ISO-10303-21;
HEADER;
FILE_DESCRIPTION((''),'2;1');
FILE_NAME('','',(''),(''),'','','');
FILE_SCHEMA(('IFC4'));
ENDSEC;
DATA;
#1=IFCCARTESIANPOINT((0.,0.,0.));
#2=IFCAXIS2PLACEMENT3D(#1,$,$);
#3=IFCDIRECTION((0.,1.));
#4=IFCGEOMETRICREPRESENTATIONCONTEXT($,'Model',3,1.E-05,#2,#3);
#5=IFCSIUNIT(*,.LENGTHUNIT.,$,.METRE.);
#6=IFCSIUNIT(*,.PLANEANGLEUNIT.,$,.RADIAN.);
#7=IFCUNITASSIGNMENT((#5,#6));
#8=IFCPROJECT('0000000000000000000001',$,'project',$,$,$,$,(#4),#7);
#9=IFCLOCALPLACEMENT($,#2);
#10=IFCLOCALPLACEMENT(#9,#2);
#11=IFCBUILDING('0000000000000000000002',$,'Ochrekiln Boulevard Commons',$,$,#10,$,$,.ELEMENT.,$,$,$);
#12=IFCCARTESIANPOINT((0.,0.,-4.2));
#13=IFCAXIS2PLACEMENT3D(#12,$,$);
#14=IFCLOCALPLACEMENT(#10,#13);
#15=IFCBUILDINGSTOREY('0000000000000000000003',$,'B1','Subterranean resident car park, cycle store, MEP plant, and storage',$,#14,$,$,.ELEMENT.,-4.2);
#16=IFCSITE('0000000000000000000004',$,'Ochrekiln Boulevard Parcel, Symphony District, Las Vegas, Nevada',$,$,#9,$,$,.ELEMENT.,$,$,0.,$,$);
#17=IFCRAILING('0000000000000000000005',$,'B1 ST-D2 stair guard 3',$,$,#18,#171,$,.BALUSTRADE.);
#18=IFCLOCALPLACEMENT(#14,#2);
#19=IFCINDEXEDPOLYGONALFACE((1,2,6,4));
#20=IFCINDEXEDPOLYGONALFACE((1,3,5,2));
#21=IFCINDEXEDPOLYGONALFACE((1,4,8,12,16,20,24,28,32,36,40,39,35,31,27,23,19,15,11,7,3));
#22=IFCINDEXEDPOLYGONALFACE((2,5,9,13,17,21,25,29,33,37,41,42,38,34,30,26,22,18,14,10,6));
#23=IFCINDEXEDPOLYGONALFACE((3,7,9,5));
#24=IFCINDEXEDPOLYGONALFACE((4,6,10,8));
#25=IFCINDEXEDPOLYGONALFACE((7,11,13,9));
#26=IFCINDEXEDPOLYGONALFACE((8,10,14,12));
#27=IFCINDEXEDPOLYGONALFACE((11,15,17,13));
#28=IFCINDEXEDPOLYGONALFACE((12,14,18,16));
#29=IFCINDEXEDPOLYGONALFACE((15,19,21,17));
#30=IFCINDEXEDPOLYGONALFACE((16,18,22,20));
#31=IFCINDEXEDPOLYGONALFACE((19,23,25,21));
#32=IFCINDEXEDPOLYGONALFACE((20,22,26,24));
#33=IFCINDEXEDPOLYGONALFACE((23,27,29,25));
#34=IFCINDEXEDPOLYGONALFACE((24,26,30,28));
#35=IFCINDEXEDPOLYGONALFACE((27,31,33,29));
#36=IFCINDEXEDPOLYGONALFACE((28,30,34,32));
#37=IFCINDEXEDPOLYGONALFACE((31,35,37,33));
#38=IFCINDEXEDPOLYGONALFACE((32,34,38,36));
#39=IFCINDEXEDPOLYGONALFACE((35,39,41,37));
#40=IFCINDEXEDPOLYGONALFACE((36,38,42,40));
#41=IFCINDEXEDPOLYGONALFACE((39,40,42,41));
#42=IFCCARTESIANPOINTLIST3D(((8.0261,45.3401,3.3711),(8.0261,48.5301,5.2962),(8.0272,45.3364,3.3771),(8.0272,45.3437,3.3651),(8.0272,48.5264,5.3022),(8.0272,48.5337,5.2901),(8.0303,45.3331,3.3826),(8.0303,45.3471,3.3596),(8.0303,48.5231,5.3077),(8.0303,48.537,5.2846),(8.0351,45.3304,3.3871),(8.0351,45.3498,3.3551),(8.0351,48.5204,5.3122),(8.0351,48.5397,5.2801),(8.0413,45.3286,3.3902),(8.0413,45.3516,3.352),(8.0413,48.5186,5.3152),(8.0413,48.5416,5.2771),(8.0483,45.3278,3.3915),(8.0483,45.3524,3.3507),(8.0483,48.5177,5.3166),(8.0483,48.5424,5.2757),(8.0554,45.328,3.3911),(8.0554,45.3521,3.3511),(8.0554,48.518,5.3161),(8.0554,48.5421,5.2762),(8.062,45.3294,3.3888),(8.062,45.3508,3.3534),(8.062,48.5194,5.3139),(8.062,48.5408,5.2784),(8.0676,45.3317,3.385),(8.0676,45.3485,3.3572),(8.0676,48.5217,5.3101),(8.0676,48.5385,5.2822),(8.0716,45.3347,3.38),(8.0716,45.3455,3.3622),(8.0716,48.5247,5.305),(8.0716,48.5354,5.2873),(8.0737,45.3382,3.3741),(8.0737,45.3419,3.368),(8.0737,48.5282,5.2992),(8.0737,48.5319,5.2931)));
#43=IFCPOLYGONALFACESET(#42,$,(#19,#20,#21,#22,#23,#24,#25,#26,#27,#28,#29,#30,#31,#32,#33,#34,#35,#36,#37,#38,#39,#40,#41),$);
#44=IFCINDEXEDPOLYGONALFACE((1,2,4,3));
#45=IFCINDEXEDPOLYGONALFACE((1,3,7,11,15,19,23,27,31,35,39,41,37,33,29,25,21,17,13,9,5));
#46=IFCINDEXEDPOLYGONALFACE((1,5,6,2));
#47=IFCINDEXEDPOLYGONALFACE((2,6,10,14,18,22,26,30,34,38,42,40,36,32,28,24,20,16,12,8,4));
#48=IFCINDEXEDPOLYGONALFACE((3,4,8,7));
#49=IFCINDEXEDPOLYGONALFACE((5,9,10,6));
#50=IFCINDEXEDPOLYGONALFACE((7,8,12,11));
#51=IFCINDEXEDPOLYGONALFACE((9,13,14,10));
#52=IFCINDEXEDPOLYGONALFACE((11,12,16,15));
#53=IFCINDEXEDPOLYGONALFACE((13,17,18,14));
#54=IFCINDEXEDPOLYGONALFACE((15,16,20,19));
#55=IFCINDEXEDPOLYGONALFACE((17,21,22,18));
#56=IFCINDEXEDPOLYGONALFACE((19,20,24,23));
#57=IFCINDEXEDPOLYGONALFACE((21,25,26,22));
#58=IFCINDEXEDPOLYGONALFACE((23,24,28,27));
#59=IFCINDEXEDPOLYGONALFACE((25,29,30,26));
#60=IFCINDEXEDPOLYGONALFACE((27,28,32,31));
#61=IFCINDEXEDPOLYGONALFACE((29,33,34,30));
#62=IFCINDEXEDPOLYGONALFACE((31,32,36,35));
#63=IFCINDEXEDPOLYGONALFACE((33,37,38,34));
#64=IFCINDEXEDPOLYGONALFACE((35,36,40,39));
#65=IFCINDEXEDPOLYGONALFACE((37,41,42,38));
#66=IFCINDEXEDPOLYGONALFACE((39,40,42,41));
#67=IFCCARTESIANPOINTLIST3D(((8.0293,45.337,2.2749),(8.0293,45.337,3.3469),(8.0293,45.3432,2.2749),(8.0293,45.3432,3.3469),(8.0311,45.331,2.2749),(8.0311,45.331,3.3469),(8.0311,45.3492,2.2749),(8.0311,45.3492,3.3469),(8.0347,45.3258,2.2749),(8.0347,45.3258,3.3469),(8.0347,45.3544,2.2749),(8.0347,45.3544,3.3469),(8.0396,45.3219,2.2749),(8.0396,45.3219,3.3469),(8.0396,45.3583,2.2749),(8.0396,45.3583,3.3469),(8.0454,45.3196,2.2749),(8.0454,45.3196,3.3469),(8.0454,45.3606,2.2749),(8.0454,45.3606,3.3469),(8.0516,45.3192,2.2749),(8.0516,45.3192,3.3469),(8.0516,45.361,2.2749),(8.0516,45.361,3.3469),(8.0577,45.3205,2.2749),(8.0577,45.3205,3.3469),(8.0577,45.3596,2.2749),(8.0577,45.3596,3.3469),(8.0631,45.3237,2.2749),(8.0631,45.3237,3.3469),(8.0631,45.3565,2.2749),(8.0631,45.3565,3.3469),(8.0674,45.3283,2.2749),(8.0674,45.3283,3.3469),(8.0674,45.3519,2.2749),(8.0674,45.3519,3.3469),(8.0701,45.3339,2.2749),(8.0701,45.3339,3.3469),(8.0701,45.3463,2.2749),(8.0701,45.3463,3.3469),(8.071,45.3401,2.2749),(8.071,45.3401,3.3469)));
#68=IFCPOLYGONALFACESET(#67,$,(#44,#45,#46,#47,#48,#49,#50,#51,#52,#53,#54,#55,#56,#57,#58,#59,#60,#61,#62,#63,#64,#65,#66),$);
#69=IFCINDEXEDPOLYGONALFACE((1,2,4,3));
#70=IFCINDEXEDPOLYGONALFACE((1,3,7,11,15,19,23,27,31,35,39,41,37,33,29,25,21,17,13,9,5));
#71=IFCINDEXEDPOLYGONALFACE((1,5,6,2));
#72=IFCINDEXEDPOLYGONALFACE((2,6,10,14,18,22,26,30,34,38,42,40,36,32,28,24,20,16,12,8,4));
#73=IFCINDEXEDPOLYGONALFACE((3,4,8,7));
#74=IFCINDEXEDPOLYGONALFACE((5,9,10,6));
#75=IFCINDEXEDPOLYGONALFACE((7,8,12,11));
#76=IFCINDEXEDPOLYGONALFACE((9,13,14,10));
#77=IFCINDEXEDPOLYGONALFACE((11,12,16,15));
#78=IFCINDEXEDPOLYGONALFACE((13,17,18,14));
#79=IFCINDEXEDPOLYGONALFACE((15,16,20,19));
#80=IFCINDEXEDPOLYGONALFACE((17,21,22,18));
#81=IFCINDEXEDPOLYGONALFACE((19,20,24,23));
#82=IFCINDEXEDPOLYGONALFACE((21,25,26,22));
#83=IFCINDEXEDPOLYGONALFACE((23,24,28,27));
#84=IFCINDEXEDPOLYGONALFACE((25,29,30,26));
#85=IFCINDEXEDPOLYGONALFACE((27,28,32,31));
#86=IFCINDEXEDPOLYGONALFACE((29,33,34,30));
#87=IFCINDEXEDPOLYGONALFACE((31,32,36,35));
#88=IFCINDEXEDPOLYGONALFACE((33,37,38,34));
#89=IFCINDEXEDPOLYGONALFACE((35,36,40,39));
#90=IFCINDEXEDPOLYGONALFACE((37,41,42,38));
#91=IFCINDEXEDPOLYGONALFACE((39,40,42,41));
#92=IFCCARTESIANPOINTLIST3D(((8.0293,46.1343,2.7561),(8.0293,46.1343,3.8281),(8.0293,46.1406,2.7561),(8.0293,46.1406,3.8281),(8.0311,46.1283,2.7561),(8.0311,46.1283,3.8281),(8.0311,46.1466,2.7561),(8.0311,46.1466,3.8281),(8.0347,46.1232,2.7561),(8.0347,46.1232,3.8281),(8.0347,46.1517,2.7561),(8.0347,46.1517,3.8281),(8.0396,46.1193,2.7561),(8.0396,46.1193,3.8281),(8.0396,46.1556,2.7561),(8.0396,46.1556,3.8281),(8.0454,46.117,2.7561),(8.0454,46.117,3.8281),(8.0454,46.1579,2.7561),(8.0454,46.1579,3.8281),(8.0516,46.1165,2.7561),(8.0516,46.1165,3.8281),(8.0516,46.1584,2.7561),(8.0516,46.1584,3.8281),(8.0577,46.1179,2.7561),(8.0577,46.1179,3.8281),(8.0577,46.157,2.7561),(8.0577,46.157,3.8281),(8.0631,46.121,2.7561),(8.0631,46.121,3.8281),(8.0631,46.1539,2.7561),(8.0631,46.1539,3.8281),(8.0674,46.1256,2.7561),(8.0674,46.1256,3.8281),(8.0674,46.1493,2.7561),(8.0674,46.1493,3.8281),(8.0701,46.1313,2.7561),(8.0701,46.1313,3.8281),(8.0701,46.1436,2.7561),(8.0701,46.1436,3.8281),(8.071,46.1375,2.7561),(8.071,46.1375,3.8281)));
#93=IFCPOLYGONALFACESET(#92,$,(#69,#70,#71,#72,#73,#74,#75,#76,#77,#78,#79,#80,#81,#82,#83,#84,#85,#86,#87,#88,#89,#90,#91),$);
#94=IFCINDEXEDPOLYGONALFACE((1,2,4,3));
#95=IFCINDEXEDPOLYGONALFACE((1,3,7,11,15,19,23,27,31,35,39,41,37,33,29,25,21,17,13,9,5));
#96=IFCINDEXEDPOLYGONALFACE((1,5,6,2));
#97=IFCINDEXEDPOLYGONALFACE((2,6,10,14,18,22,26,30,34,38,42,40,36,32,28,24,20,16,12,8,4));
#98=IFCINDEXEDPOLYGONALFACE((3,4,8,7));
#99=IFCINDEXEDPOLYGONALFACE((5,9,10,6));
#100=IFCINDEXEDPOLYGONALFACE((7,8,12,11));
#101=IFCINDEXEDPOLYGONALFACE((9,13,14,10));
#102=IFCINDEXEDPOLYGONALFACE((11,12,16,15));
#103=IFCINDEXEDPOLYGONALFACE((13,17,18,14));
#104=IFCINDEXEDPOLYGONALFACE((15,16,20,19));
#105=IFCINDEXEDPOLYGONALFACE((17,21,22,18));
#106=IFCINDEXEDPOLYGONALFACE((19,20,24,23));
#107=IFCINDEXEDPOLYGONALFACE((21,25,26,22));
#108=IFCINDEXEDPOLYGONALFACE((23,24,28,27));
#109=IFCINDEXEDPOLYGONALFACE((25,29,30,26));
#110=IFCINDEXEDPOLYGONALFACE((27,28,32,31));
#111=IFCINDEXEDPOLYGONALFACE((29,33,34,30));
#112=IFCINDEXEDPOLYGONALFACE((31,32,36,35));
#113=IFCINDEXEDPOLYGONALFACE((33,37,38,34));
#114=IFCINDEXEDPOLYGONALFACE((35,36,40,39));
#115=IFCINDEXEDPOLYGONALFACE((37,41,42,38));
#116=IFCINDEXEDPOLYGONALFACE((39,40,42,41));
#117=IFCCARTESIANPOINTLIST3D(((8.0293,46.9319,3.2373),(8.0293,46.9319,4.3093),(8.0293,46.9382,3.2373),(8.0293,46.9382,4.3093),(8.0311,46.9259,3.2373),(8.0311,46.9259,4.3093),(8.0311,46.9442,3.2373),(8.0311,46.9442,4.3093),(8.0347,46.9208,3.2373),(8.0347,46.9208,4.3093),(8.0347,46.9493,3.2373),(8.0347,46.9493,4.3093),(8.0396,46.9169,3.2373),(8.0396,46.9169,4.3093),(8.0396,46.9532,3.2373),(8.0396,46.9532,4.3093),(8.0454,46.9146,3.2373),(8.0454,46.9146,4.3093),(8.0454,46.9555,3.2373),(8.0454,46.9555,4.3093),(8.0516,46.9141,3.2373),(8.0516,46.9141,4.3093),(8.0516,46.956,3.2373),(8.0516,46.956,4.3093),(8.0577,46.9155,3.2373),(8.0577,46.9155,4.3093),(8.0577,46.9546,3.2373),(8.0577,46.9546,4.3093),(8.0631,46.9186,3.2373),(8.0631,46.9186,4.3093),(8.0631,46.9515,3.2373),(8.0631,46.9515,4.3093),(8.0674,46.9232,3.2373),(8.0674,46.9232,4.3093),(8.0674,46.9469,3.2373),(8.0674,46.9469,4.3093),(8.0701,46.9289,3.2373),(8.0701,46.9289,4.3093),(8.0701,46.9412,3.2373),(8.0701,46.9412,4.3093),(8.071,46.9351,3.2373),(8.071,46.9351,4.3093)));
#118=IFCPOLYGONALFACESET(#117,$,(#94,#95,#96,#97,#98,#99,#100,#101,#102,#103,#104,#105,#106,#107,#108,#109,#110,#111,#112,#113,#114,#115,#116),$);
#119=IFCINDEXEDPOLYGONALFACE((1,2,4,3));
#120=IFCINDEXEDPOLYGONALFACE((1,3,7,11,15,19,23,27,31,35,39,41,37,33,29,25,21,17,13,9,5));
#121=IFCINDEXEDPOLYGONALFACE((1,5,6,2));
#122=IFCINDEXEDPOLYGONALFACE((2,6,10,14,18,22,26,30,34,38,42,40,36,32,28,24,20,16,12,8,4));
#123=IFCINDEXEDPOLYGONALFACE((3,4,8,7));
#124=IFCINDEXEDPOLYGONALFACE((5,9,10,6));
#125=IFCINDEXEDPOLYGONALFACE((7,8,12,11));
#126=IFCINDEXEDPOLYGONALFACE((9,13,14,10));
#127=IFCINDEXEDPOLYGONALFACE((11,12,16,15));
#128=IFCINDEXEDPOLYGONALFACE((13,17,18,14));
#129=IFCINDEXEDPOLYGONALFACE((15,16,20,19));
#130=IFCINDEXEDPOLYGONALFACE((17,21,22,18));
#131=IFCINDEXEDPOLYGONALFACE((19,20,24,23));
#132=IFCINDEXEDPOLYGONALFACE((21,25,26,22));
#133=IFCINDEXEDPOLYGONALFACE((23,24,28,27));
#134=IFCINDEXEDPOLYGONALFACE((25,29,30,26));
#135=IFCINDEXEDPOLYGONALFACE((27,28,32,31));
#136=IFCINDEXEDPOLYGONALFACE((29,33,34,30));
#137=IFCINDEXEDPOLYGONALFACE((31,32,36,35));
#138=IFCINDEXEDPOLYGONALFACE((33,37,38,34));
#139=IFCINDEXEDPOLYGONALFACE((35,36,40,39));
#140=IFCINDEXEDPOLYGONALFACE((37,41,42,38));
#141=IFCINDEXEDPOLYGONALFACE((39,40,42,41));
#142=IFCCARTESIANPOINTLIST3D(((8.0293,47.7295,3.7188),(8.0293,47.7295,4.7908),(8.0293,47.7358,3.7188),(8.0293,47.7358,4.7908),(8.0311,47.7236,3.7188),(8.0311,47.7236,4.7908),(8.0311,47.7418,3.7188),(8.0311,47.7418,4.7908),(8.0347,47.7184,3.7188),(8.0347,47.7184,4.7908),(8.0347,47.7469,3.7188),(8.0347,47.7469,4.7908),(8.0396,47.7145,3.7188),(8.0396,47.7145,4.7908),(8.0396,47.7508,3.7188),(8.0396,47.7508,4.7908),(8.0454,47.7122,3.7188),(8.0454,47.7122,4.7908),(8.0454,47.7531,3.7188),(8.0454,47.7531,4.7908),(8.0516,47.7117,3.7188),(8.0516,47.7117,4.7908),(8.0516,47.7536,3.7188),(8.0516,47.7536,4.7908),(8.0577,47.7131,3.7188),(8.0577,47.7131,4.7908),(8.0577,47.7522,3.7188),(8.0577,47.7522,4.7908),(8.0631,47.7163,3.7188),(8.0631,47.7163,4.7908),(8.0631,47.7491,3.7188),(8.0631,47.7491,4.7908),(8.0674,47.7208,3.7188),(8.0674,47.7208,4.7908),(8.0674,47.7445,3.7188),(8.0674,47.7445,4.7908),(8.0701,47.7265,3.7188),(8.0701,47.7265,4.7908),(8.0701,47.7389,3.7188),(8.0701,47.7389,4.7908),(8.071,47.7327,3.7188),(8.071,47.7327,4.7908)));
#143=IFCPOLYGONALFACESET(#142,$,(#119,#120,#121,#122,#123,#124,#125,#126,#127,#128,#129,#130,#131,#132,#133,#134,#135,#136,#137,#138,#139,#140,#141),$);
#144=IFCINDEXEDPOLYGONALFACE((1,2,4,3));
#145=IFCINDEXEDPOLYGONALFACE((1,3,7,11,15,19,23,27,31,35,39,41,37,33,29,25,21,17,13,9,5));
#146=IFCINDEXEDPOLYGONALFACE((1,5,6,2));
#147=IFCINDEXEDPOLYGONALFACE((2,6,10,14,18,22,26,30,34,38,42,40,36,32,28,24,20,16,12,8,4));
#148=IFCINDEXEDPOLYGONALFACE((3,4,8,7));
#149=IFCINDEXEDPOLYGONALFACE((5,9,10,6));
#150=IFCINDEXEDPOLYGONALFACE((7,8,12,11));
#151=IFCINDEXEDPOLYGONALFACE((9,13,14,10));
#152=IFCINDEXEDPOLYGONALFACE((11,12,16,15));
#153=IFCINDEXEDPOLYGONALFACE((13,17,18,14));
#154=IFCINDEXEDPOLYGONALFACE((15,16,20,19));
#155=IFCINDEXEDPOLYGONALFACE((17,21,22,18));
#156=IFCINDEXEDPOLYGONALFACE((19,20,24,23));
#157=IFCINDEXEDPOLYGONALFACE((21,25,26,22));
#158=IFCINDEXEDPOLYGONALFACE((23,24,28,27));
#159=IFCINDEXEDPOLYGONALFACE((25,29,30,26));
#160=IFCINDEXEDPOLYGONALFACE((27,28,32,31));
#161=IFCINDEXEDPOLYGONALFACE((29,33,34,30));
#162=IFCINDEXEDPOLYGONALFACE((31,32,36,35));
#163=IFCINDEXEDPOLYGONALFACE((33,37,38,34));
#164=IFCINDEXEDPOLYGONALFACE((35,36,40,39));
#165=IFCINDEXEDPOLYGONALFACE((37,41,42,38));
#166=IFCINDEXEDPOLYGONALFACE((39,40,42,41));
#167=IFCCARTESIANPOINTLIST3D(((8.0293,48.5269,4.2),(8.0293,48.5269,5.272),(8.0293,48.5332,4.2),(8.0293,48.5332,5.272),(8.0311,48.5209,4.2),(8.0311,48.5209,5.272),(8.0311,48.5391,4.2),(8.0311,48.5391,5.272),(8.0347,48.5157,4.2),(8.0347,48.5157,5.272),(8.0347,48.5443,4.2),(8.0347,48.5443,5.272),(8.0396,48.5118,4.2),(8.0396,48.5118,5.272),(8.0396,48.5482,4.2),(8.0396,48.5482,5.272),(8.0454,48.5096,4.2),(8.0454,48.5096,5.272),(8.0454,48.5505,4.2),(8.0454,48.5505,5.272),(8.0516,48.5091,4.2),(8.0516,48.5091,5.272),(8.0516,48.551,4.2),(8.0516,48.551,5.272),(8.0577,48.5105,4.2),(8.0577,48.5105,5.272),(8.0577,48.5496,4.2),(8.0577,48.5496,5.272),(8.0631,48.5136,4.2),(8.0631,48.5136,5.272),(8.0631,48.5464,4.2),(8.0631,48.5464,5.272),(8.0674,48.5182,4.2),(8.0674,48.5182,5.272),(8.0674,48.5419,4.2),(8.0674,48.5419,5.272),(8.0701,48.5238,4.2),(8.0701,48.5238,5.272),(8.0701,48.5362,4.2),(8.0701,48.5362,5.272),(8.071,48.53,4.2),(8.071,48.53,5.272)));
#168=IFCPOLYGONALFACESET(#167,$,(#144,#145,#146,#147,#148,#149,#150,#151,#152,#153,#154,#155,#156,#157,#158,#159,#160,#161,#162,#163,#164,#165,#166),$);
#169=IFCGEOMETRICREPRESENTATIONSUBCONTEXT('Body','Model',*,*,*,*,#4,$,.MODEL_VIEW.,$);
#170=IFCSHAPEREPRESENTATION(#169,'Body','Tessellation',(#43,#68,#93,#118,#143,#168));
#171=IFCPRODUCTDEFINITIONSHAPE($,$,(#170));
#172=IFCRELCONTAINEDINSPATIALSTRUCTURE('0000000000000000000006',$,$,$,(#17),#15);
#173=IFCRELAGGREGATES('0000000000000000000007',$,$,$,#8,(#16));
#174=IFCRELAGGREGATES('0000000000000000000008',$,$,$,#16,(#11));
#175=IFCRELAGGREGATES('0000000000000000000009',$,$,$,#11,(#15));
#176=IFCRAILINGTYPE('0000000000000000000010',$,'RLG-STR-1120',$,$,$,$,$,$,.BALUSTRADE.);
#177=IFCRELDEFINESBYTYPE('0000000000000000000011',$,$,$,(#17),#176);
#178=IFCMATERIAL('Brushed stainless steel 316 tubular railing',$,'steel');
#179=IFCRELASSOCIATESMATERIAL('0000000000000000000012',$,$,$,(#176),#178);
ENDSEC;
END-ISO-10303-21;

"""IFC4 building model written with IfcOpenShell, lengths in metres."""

from ifc_helpers import new_model, si_unit, direction, frame, origin, origin_2d, place, context, subcontext, project, spatial, circle, extrude, material, type_object, element, save


model = new_model("IFC4")

# Units and contexts
model_context = context("Model", 3, precision=1e-05, world=origin(), true_north=direction((0.0, 1.0)))
body_context = subcontext(model_context, "Body", "Model", "MODEL_VIEW")
ifc_project = project(units=[si_unit("LENGTHUNIT", "METRE"), si_unit("PLANEANGLEUNIT", "RADIAN")], contexts=[model_context])

# Site, building, storey
site_placement = place(None, origin())
site = spatial("IfcSite", under=ifc_project, at=site_placement, Name="Ochrekiln Boulevard Parcel, Symphony District, Las Vegas, Nevada", CompositionType="ELEMENT", RefElevation=0.0)
building_placement = place(site_placement, origin())
building = spatial("IfcBuilding", under=site, at=building_placement, Name="Ochrekiln Boulevard Commons", CompositionType="ELEMENT")
storey_placement = place(building_placement, frame((0.0, 0.0, -4.2)))
storey = spatial("IfcBuildingStorey", under=building, at=storey_placement, Name="B1", Description="Subterranean resident car park, cycle store, MEP plant, and storage", CompositionType="ELEMENT", Elevation=-4.2)

# Railing
ifc_material_1 = material(Name="Brushed stainless steel 316 tubular railing", Category="steel")
railing_type = type_object("IfcRailingType", Name="RLG-STR-1120", PredefinedType="BALUSTRADE", material=ifc_material_1)
railing_1_placement = place(storey_placement, frame((8.05, 45.3401, 2.2749)))
element("IfcRailing", 1, at=railing_1_placement, inside=storey, type_object=railing_type, Name="B1 ST-D2 stair guard 3", PredefinedType="BALUSTRADE", context=body_context, shape_type="SweptSolid", body=[
    extrude(circle(Radius=0.0239, at=origin_2d()), frame((0.0, 0.0, 1.0962), z_axis=(0.0, 0.856178, 0.516682), x_axis=(-1.0, 0.0, 0.0)), (0.0, 0.0, 1.0), 3.7258),
    extrude(circle(Radius=0.021, at=origin_2d()), origin(), (0.0, 0.0, 1.0), 1.072),
    extrude(circle(Radius=0.021, at=origin_2d()), frame((0.0, 0.7974, 0.4812)), (0.0, 0.0, 1.0), 1.072),
    extrude(circle(Radius=0.021, at=origin_2d()), frame((0.0, 1.595, 0.9624)), (0.0, 0.0, 1.0), 1.072),
    extrude(circle(Radius=0.021, at=origin_2d()), frame((0.0, 2.3926, 1.4438)), (0.0, 0.0, 1.0), 1.072),
    extrude(circle(Radius=0.021, at=origin_2d()), frame((0.0, 3.1899, 1.925)), (0.0, 0.0, 1.0), 1.072),
])

save(model, "model.ifc")
